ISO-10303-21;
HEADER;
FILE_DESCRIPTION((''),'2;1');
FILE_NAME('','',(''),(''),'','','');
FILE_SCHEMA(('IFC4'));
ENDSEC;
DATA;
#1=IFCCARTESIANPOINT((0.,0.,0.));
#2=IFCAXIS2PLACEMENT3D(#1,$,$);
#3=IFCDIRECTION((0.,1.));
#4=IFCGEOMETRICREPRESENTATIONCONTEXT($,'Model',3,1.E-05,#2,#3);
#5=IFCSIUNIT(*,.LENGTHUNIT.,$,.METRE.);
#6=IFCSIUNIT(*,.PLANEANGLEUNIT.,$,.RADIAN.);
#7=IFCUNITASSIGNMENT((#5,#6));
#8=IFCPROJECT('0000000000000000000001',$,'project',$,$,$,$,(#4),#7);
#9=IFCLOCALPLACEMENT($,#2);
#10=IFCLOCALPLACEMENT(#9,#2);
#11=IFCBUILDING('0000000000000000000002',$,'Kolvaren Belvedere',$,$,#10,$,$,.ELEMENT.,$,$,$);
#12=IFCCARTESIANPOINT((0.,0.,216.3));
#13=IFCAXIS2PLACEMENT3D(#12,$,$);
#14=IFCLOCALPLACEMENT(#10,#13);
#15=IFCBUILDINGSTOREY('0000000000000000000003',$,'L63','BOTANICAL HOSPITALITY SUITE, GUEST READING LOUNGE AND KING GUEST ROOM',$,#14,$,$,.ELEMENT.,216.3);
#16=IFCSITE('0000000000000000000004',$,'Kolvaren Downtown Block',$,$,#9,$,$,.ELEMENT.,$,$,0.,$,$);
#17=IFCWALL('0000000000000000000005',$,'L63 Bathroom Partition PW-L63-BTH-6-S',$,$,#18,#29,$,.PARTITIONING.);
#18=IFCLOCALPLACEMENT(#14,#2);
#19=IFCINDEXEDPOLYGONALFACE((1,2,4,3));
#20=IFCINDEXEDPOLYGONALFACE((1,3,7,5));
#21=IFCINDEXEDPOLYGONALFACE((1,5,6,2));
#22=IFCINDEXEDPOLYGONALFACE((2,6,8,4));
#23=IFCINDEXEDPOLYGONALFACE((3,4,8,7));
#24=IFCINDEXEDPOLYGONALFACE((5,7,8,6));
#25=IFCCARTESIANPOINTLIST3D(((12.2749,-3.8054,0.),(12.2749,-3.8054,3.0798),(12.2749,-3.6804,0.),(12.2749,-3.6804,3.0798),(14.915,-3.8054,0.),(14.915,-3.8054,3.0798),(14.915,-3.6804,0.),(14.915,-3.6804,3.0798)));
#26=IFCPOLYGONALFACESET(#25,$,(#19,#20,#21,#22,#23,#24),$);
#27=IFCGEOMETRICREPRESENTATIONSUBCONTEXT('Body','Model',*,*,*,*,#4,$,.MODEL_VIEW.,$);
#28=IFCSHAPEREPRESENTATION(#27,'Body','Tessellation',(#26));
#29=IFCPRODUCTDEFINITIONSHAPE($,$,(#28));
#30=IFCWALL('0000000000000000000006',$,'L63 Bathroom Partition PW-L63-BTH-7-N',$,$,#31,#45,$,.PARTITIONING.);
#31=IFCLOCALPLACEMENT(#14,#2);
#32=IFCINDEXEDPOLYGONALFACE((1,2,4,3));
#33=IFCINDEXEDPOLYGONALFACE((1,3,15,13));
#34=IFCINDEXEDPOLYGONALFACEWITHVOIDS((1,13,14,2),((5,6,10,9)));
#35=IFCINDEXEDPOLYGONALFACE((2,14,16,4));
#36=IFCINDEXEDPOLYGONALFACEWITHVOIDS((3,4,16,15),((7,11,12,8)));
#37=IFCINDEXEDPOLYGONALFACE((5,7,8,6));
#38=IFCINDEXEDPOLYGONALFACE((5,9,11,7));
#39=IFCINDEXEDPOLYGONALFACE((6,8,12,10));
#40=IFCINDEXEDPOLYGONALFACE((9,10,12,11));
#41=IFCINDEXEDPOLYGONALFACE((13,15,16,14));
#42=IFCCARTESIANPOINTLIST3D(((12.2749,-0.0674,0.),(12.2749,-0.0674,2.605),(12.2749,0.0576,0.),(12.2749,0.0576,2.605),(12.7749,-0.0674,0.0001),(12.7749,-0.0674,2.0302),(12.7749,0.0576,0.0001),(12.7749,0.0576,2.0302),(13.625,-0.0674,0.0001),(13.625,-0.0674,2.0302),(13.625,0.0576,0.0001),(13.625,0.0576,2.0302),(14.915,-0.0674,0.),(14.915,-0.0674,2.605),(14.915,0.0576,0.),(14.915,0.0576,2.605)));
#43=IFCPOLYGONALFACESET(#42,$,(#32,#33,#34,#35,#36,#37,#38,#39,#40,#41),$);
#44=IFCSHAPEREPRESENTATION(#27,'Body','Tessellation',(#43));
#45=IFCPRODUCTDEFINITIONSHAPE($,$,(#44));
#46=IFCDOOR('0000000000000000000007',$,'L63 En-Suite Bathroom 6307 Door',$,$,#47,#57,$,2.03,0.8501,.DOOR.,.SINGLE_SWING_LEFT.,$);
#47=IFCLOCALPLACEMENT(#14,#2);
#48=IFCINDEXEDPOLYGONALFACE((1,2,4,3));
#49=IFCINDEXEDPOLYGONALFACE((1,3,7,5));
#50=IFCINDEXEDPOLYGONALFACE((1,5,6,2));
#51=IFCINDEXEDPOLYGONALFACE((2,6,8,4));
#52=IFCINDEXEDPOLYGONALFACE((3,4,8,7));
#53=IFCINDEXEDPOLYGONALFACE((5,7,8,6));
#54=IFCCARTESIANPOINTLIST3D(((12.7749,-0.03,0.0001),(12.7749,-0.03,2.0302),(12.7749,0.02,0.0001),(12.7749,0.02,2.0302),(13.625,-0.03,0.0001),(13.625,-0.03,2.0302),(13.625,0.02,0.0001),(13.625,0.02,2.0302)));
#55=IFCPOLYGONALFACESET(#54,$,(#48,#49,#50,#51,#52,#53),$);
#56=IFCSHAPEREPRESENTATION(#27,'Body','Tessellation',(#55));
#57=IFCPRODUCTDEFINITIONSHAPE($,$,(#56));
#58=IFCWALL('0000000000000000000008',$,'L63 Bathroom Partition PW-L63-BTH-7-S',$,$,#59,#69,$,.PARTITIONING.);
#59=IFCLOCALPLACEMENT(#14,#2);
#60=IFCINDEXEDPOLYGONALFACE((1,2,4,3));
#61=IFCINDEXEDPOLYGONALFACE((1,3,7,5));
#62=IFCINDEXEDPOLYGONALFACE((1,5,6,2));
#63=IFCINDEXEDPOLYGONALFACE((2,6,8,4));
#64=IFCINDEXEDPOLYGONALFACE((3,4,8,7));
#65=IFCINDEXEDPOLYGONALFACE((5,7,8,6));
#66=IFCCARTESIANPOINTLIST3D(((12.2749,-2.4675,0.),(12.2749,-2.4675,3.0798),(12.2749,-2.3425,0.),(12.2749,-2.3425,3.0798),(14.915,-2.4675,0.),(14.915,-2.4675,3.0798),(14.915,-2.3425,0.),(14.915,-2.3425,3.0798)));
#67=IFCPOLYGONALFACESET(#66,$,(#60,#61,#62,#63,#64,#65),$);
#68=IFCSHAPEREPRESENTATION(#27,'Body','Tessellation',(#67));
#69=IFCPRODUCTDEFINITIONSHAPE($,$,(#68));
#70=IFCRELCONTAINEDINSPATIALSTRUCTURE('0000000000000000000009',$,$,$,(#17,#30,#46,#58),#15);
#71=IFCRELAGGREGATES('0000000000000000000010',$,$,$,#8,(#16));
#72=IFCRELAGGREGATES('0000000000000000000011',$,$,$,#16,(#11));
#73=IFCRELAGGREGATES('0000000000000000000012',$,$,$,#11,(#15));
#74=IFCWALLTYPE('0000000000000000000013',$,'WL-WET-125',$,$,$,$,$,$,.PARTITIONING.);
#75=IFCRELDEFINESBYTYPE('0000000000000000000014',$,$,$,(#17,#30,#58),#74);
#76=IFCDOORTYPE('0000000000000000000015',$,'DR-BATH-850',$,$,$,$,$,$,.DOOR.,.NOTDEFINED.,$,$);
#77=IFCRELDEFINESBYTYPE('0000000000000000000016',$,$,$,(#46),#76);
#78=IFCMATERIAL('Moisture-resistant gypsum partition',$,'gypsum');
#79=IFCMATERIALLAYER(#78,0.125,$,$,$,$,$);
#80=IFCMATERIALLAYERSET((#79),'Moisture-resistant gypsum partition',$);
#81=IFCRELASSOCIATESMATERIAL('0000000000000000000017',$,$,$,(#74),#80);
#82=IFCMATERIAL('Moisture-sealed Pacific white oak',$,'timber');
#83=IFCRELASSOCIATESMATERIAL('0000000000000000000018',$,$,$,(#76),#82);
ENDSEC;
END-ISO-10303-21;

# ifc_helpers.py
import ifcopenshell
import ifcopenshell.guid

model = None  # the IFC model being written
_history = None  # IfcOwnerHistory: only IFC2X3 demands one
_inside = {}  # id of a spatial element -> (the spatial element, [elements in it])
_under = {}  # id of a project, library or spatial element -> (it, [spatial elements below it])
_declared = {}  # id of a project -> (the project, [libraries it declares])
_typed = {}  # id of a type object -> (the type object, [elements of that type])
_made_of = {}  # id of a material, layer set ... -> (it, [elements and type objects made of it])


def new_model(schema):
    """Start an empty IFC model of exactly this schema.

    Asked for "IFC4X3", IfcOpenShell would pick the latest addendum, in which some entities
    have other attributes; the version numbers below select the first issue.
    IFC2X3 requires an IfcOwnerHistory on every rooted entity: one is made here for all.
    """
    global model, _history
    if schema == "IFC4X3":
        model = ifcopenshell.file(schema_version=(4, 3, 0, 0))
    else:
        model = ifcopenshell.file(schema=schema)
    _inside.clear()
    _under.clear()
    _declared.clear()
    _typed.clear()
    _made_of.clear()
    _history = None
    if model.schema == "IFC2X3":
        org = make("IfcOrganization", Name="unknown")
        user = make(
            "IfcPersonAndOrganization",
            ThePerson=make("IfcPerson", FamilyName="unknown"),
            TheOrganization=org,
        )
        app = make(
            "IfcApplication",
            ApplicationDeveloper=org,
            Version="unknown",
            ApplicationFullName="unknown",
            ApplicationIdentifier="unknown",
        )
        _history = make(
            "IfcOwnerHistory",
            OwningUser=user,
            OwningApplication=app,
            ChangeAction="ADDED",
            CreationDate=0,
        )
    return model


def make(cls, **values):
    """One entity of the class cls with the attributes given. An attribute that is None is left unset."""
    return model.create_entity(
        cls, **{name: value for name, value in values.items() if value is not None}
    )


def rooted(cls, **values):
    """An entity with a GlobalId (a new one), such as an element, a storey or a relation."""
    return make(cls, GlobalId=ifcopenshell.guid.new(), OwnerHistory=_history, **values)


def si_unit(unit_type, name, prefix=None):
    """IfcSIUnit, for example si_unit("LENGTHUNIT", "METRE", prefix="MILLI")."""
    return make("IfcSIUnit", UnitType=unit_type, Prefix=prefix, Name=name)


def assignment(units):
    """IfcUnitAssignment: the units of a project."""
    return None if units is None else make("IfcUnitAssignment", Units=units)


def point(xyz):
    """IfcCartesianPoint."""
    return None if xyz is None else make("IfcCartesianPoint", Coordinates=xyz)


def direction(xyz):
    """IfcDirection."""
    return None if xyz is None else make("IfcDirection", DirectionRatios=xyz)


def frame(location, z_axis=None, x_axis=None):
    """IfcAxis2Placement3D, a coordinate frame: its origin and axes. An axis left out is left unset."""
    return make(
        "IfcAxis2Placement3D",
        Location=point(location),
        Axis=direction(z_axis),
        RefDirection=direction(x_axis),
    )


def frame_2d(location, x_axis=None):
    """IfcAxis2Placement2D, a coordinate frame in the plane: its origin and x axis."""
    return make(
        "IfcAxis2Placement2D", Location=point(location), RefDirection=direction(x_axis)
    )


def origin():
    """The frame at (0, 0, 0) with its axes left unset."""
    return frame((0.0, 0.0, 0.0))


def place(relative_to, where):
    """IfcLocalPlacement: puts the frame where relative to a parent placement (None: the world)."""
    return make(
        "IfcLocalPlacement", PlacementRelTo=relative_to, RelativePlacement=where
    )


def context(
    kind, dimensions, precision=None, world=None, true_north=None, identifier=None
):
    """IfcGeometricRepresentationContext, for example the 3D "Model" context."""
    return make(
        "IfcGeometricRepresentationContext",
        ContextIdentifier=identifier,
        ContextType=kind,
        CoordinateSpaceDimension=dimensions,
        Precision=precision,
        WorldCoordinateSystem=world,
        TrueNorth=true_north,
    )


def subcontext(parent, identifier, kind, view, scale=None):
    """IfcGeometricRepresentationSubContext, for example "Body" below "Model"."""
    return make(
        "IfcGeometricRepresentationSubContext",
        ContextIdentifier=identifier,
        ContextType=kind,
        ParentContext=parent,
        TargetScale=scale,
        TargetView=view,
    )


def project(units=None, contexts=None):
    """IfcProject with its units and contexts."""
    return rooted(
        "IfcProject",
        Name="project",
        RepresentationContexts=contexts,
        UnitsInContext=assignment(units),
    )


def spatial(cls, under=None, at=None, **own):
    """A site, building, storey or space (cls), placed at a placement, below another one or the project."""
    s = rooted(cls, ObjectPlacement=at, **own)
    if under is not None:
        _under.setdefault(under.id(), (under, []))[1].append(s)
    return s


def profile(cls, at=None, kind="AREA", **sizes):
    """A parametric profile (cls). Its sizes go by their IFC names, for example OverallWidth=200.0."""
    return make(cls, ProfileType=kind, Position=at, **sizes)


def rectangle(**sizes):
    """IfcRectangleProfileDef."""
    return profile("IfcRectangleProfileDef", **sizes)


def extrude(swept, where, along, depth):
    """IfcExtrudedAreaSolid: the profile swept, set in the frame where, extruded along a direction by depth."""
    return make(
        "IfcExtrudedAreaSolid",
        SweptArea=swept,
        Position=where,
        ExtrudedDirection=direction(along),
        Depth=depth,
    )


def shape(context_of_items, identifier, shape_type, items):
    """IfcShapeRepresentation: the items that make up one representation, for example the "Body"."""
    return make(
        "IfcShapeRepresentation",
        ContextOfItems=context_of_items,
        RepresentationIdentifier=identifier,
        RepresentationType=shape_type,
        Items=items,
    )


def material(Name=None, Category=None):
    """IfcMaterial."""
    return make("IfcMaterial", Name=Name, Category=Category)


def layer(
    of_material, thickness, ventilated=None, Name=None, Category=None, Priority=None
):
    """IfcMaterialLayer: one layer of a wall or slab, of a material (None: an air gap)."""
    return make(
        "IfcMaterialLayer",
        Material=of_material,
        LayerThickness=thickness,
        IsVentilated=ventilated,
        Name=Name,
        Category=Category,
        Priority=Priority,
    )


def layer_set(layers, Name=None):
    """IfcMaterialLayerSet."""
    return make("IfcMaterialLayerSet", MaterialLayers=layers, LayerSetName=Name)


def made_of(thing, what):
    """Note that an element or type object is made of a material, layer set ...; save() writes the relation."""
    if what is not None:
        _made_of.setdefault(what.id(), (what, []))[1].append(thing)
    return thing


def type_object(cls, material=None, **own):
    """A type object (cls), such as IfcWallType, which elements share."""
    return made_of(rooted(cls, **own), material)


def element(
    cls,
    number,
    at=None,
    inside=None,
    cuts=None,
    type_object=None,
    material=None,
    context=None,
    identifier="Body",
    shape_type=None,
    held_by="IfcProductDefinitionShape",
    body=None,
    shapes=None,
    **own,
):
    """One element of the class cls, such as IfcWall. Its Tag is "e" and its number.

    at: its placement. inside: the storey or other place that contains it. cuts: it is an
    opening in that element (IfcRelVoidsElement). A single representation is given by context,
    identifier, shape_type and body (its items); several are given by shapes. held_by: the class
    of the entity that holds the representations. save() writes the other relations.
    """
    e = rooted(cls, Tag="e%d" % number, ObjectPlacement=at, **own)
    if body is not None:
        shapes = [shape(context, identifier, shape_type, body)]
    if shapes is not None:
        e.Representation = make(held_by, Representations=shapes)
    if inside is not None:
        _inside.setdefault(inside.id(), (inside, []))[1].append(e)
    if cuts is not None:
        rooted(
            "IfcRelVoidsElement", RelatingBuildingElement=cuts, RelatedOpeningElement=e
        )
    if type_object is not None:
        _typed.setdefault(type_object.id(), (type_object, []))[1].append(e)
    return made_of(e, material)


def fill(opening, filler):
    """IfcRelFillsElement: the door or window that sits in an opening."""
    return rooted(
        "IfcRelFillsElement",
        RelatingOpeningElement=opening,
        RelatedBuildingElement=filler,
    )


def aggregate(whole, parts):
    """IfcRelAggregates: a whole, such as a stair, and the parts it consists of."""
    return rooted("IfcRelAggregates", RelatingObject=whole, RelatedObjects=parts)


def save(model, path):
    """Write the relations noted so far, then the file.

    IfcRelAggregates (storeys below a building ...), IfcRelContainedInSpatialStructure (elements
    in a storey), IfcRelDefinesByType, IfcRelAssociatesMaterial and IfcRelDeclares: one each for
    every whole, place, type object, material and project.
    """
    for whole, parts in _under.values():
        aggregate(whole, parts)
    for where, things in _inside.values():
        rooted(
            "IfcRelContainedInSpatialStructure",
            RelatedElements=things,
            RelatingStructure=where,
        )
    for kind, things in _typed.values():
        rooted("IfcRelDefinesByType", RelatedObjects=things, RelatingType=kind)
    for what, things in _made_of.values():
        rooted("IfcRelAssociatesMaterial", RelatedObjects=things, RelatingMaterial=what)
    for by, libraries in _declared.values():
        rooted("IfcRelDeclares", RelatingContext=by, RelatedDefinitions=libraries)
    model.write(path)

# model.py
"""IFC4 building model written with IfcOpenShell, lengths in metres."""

from ifc_helpers import new_model, si_unit, direction, frame, frame_2d, origin, place, context, subcontext, project, spatial, rectangle, extrude, material, layer, layer_set, type_object, element, fill, save


model = new_model("IFC4")

# Units and contexts
model_context = context("Model", 3, precision=1e-05, world=origin(), true_north=direction((0.0, 1.0)))
body_context = subcontext(model_context, "Body", "Model", "MODEL_VIEW")
ifc_project = project(units=[si_unit("LENGTHUNIT", "METRE"), si_unit("PLANEANGLEUNIT", "RADIAN")], contexts=[model_context])

# Site, building, storey
site_placement = place(None, origin())
site = spatial("IfcSite", under=ifc_project, at=site_placement, Name="Kolvaren Downtown Block", CompositionType="ELEMENT", RefElevation=0.0)
building_placement = place(site_placement, origin())
building = spatial("IfcBuilding", under=site, at=building_placement, Name="Kolvaren Belvedere", CompositionType="ELEMENT")
storey_placement = place(building_placement, frame((0.0, 0.0, 216.3)))
storey = spatial("IfcBuildingStorey", under=building, at=storey_placement, Name="L63", Description="BOTANICAL HOSPITALITY SUITE, GUEST READING LOUNGE AND KING GUEST ROOM", CompositionType="ELEMENT", Elevation=216.3)

# Shared definitions
ifc_material_1 = material(Name="Moisture-resistant gypsum partition", Category="gypsum")
ifc_layer_1 = layer(ifc_material_1, 0.125)
ifc_layer_set_1 = layer_set([ifc_layer_1], Name="Moisture-resistant gypsum partition")
wall_type_1 = type_object("IfcWallType", Name="WL-WET-125", PredefinedType="PARTITIONING", material=ifc_layer_set_1)
ifc_material_2 = material(Name="Moisture-sealed Pacific white oak", Category="timber")
door_type_1 = type_object("IfcDoorType", Name="DR-BATH-850", OperationType="NOTDEFINED", PredefinedType="DOOR", material=ifc_material_2)

# Wall
wall_1_placement = place(storey_placement, frame((12.2749, -3.7429, 0.0), z_axis=(0.0, 0.0, 1.0), x_axis=(1.0, 0.0, 0.0)))
element("IfcWall", 1, at=wall_1_placement, inside=storey, type_object=wall_type_1, Name="L63 Bathroom Partition PW-L63-BTH-6-S", PredefinedType="PARTITIONING", context=body_context, shape_type="SweptSolid", body=[
    extrude(rectangle(XDim=2.6401, YDim=0.125, at=frame_2d((1.3201, 0.0))), origin(), (0.0, 0.0, 1.0), 3.0798),
])

# Wall, opening, door
wall_2_placement = place(storey_placement, frame((12.2749, -0.0049, 0.0), z_axis=(0.0, 0.0, 1.0), x_axis=(1.0, 0.0, 0.0)))
wall_2 = element("IfcWall", 2, at=wall_2_placement, inside=storey, type_object=wall_type_1, Name="L63 Bathroom Partition PW-L63-BTH-7-N", PredefinedType="PARTITIONING", context=body_context, shape_type="SweptSolid", body=[
    extrude(rectangle(XDim=2.6401, YDim=0.125, at=frame_2d((1.3201, 0.0))), origin(), (0.0, 0.0, 1.0), 2.605),
])
opening_1_placement = place(wall_2_placement, frame((0.5, 0.0, 0.0)))
opening_1 = element("IfcOpeningElement", 3, at=opening_1_placement, cuts=wall_2, PredefinedType="OPENING", context=body_context, shape_type="SweptSolid", body=[
    extrude(rectangle(XDim=0.8501, YDim=2.03, at=frame_2d((0.425, 1.0151))), frame((0.0, 0.0725, 0.0), z_axis=(0.0, -1.0, 0.0), x_axis=(1.0, 0.0, 0.0)), (0.0, 0.0, 1.0), 0.145),
])
door_1_placement = place(opening_1_placement, origin())
door_1 = element("IfcDoor", 4, at=door_1_placement, inside=storey, type_object=door_type_1, Name="L63 En-Suite Bathroom 6307 Door", OperationType="SINGLE_SWING_LEFT", OverallHeight=2.03, OverallWidth=0.8501, PredefinedType="DOOR", context=body_context, shape_type="SweptSolid", body=[
    extrude(rectangle(XDim=0.8501, YDim=2.03, at=frame_2d((0.425, 1.0151))), frame((0.0, 0.0249, 0.0), z_axis=(0.0, -1.0, 0.0), x_axis=(1.0, 0.0, 0.0)), (0.0, 0.0, 1.0), 0.05),
])
fill(opening_1, door_1)

# Wall
wall_3_placement = place(storey_placement, frame((12.2749, -2.405, 0.0), z_axis=(0.0, 0.0, 1.0), x_axis=(1.0, 0.0, 0.0)))
element("IfcWall", 5, at=wall_3_placement, inside=storey, type_object=wall_type_1, Name="L63 Bathroom Partition PW-L63-BTH-7-S", PredefinedType="PARTITIONING", context=body_context, shape_type="SweptSolid", body=[
    extrude(rectangle(XDim=2.6401, YDim=0.125, at=frame_2d((1.3201, 0.0))), origin(), (0.0, 0.0, 1.0), 3.0798),
])

save(model, "model.ifc")
